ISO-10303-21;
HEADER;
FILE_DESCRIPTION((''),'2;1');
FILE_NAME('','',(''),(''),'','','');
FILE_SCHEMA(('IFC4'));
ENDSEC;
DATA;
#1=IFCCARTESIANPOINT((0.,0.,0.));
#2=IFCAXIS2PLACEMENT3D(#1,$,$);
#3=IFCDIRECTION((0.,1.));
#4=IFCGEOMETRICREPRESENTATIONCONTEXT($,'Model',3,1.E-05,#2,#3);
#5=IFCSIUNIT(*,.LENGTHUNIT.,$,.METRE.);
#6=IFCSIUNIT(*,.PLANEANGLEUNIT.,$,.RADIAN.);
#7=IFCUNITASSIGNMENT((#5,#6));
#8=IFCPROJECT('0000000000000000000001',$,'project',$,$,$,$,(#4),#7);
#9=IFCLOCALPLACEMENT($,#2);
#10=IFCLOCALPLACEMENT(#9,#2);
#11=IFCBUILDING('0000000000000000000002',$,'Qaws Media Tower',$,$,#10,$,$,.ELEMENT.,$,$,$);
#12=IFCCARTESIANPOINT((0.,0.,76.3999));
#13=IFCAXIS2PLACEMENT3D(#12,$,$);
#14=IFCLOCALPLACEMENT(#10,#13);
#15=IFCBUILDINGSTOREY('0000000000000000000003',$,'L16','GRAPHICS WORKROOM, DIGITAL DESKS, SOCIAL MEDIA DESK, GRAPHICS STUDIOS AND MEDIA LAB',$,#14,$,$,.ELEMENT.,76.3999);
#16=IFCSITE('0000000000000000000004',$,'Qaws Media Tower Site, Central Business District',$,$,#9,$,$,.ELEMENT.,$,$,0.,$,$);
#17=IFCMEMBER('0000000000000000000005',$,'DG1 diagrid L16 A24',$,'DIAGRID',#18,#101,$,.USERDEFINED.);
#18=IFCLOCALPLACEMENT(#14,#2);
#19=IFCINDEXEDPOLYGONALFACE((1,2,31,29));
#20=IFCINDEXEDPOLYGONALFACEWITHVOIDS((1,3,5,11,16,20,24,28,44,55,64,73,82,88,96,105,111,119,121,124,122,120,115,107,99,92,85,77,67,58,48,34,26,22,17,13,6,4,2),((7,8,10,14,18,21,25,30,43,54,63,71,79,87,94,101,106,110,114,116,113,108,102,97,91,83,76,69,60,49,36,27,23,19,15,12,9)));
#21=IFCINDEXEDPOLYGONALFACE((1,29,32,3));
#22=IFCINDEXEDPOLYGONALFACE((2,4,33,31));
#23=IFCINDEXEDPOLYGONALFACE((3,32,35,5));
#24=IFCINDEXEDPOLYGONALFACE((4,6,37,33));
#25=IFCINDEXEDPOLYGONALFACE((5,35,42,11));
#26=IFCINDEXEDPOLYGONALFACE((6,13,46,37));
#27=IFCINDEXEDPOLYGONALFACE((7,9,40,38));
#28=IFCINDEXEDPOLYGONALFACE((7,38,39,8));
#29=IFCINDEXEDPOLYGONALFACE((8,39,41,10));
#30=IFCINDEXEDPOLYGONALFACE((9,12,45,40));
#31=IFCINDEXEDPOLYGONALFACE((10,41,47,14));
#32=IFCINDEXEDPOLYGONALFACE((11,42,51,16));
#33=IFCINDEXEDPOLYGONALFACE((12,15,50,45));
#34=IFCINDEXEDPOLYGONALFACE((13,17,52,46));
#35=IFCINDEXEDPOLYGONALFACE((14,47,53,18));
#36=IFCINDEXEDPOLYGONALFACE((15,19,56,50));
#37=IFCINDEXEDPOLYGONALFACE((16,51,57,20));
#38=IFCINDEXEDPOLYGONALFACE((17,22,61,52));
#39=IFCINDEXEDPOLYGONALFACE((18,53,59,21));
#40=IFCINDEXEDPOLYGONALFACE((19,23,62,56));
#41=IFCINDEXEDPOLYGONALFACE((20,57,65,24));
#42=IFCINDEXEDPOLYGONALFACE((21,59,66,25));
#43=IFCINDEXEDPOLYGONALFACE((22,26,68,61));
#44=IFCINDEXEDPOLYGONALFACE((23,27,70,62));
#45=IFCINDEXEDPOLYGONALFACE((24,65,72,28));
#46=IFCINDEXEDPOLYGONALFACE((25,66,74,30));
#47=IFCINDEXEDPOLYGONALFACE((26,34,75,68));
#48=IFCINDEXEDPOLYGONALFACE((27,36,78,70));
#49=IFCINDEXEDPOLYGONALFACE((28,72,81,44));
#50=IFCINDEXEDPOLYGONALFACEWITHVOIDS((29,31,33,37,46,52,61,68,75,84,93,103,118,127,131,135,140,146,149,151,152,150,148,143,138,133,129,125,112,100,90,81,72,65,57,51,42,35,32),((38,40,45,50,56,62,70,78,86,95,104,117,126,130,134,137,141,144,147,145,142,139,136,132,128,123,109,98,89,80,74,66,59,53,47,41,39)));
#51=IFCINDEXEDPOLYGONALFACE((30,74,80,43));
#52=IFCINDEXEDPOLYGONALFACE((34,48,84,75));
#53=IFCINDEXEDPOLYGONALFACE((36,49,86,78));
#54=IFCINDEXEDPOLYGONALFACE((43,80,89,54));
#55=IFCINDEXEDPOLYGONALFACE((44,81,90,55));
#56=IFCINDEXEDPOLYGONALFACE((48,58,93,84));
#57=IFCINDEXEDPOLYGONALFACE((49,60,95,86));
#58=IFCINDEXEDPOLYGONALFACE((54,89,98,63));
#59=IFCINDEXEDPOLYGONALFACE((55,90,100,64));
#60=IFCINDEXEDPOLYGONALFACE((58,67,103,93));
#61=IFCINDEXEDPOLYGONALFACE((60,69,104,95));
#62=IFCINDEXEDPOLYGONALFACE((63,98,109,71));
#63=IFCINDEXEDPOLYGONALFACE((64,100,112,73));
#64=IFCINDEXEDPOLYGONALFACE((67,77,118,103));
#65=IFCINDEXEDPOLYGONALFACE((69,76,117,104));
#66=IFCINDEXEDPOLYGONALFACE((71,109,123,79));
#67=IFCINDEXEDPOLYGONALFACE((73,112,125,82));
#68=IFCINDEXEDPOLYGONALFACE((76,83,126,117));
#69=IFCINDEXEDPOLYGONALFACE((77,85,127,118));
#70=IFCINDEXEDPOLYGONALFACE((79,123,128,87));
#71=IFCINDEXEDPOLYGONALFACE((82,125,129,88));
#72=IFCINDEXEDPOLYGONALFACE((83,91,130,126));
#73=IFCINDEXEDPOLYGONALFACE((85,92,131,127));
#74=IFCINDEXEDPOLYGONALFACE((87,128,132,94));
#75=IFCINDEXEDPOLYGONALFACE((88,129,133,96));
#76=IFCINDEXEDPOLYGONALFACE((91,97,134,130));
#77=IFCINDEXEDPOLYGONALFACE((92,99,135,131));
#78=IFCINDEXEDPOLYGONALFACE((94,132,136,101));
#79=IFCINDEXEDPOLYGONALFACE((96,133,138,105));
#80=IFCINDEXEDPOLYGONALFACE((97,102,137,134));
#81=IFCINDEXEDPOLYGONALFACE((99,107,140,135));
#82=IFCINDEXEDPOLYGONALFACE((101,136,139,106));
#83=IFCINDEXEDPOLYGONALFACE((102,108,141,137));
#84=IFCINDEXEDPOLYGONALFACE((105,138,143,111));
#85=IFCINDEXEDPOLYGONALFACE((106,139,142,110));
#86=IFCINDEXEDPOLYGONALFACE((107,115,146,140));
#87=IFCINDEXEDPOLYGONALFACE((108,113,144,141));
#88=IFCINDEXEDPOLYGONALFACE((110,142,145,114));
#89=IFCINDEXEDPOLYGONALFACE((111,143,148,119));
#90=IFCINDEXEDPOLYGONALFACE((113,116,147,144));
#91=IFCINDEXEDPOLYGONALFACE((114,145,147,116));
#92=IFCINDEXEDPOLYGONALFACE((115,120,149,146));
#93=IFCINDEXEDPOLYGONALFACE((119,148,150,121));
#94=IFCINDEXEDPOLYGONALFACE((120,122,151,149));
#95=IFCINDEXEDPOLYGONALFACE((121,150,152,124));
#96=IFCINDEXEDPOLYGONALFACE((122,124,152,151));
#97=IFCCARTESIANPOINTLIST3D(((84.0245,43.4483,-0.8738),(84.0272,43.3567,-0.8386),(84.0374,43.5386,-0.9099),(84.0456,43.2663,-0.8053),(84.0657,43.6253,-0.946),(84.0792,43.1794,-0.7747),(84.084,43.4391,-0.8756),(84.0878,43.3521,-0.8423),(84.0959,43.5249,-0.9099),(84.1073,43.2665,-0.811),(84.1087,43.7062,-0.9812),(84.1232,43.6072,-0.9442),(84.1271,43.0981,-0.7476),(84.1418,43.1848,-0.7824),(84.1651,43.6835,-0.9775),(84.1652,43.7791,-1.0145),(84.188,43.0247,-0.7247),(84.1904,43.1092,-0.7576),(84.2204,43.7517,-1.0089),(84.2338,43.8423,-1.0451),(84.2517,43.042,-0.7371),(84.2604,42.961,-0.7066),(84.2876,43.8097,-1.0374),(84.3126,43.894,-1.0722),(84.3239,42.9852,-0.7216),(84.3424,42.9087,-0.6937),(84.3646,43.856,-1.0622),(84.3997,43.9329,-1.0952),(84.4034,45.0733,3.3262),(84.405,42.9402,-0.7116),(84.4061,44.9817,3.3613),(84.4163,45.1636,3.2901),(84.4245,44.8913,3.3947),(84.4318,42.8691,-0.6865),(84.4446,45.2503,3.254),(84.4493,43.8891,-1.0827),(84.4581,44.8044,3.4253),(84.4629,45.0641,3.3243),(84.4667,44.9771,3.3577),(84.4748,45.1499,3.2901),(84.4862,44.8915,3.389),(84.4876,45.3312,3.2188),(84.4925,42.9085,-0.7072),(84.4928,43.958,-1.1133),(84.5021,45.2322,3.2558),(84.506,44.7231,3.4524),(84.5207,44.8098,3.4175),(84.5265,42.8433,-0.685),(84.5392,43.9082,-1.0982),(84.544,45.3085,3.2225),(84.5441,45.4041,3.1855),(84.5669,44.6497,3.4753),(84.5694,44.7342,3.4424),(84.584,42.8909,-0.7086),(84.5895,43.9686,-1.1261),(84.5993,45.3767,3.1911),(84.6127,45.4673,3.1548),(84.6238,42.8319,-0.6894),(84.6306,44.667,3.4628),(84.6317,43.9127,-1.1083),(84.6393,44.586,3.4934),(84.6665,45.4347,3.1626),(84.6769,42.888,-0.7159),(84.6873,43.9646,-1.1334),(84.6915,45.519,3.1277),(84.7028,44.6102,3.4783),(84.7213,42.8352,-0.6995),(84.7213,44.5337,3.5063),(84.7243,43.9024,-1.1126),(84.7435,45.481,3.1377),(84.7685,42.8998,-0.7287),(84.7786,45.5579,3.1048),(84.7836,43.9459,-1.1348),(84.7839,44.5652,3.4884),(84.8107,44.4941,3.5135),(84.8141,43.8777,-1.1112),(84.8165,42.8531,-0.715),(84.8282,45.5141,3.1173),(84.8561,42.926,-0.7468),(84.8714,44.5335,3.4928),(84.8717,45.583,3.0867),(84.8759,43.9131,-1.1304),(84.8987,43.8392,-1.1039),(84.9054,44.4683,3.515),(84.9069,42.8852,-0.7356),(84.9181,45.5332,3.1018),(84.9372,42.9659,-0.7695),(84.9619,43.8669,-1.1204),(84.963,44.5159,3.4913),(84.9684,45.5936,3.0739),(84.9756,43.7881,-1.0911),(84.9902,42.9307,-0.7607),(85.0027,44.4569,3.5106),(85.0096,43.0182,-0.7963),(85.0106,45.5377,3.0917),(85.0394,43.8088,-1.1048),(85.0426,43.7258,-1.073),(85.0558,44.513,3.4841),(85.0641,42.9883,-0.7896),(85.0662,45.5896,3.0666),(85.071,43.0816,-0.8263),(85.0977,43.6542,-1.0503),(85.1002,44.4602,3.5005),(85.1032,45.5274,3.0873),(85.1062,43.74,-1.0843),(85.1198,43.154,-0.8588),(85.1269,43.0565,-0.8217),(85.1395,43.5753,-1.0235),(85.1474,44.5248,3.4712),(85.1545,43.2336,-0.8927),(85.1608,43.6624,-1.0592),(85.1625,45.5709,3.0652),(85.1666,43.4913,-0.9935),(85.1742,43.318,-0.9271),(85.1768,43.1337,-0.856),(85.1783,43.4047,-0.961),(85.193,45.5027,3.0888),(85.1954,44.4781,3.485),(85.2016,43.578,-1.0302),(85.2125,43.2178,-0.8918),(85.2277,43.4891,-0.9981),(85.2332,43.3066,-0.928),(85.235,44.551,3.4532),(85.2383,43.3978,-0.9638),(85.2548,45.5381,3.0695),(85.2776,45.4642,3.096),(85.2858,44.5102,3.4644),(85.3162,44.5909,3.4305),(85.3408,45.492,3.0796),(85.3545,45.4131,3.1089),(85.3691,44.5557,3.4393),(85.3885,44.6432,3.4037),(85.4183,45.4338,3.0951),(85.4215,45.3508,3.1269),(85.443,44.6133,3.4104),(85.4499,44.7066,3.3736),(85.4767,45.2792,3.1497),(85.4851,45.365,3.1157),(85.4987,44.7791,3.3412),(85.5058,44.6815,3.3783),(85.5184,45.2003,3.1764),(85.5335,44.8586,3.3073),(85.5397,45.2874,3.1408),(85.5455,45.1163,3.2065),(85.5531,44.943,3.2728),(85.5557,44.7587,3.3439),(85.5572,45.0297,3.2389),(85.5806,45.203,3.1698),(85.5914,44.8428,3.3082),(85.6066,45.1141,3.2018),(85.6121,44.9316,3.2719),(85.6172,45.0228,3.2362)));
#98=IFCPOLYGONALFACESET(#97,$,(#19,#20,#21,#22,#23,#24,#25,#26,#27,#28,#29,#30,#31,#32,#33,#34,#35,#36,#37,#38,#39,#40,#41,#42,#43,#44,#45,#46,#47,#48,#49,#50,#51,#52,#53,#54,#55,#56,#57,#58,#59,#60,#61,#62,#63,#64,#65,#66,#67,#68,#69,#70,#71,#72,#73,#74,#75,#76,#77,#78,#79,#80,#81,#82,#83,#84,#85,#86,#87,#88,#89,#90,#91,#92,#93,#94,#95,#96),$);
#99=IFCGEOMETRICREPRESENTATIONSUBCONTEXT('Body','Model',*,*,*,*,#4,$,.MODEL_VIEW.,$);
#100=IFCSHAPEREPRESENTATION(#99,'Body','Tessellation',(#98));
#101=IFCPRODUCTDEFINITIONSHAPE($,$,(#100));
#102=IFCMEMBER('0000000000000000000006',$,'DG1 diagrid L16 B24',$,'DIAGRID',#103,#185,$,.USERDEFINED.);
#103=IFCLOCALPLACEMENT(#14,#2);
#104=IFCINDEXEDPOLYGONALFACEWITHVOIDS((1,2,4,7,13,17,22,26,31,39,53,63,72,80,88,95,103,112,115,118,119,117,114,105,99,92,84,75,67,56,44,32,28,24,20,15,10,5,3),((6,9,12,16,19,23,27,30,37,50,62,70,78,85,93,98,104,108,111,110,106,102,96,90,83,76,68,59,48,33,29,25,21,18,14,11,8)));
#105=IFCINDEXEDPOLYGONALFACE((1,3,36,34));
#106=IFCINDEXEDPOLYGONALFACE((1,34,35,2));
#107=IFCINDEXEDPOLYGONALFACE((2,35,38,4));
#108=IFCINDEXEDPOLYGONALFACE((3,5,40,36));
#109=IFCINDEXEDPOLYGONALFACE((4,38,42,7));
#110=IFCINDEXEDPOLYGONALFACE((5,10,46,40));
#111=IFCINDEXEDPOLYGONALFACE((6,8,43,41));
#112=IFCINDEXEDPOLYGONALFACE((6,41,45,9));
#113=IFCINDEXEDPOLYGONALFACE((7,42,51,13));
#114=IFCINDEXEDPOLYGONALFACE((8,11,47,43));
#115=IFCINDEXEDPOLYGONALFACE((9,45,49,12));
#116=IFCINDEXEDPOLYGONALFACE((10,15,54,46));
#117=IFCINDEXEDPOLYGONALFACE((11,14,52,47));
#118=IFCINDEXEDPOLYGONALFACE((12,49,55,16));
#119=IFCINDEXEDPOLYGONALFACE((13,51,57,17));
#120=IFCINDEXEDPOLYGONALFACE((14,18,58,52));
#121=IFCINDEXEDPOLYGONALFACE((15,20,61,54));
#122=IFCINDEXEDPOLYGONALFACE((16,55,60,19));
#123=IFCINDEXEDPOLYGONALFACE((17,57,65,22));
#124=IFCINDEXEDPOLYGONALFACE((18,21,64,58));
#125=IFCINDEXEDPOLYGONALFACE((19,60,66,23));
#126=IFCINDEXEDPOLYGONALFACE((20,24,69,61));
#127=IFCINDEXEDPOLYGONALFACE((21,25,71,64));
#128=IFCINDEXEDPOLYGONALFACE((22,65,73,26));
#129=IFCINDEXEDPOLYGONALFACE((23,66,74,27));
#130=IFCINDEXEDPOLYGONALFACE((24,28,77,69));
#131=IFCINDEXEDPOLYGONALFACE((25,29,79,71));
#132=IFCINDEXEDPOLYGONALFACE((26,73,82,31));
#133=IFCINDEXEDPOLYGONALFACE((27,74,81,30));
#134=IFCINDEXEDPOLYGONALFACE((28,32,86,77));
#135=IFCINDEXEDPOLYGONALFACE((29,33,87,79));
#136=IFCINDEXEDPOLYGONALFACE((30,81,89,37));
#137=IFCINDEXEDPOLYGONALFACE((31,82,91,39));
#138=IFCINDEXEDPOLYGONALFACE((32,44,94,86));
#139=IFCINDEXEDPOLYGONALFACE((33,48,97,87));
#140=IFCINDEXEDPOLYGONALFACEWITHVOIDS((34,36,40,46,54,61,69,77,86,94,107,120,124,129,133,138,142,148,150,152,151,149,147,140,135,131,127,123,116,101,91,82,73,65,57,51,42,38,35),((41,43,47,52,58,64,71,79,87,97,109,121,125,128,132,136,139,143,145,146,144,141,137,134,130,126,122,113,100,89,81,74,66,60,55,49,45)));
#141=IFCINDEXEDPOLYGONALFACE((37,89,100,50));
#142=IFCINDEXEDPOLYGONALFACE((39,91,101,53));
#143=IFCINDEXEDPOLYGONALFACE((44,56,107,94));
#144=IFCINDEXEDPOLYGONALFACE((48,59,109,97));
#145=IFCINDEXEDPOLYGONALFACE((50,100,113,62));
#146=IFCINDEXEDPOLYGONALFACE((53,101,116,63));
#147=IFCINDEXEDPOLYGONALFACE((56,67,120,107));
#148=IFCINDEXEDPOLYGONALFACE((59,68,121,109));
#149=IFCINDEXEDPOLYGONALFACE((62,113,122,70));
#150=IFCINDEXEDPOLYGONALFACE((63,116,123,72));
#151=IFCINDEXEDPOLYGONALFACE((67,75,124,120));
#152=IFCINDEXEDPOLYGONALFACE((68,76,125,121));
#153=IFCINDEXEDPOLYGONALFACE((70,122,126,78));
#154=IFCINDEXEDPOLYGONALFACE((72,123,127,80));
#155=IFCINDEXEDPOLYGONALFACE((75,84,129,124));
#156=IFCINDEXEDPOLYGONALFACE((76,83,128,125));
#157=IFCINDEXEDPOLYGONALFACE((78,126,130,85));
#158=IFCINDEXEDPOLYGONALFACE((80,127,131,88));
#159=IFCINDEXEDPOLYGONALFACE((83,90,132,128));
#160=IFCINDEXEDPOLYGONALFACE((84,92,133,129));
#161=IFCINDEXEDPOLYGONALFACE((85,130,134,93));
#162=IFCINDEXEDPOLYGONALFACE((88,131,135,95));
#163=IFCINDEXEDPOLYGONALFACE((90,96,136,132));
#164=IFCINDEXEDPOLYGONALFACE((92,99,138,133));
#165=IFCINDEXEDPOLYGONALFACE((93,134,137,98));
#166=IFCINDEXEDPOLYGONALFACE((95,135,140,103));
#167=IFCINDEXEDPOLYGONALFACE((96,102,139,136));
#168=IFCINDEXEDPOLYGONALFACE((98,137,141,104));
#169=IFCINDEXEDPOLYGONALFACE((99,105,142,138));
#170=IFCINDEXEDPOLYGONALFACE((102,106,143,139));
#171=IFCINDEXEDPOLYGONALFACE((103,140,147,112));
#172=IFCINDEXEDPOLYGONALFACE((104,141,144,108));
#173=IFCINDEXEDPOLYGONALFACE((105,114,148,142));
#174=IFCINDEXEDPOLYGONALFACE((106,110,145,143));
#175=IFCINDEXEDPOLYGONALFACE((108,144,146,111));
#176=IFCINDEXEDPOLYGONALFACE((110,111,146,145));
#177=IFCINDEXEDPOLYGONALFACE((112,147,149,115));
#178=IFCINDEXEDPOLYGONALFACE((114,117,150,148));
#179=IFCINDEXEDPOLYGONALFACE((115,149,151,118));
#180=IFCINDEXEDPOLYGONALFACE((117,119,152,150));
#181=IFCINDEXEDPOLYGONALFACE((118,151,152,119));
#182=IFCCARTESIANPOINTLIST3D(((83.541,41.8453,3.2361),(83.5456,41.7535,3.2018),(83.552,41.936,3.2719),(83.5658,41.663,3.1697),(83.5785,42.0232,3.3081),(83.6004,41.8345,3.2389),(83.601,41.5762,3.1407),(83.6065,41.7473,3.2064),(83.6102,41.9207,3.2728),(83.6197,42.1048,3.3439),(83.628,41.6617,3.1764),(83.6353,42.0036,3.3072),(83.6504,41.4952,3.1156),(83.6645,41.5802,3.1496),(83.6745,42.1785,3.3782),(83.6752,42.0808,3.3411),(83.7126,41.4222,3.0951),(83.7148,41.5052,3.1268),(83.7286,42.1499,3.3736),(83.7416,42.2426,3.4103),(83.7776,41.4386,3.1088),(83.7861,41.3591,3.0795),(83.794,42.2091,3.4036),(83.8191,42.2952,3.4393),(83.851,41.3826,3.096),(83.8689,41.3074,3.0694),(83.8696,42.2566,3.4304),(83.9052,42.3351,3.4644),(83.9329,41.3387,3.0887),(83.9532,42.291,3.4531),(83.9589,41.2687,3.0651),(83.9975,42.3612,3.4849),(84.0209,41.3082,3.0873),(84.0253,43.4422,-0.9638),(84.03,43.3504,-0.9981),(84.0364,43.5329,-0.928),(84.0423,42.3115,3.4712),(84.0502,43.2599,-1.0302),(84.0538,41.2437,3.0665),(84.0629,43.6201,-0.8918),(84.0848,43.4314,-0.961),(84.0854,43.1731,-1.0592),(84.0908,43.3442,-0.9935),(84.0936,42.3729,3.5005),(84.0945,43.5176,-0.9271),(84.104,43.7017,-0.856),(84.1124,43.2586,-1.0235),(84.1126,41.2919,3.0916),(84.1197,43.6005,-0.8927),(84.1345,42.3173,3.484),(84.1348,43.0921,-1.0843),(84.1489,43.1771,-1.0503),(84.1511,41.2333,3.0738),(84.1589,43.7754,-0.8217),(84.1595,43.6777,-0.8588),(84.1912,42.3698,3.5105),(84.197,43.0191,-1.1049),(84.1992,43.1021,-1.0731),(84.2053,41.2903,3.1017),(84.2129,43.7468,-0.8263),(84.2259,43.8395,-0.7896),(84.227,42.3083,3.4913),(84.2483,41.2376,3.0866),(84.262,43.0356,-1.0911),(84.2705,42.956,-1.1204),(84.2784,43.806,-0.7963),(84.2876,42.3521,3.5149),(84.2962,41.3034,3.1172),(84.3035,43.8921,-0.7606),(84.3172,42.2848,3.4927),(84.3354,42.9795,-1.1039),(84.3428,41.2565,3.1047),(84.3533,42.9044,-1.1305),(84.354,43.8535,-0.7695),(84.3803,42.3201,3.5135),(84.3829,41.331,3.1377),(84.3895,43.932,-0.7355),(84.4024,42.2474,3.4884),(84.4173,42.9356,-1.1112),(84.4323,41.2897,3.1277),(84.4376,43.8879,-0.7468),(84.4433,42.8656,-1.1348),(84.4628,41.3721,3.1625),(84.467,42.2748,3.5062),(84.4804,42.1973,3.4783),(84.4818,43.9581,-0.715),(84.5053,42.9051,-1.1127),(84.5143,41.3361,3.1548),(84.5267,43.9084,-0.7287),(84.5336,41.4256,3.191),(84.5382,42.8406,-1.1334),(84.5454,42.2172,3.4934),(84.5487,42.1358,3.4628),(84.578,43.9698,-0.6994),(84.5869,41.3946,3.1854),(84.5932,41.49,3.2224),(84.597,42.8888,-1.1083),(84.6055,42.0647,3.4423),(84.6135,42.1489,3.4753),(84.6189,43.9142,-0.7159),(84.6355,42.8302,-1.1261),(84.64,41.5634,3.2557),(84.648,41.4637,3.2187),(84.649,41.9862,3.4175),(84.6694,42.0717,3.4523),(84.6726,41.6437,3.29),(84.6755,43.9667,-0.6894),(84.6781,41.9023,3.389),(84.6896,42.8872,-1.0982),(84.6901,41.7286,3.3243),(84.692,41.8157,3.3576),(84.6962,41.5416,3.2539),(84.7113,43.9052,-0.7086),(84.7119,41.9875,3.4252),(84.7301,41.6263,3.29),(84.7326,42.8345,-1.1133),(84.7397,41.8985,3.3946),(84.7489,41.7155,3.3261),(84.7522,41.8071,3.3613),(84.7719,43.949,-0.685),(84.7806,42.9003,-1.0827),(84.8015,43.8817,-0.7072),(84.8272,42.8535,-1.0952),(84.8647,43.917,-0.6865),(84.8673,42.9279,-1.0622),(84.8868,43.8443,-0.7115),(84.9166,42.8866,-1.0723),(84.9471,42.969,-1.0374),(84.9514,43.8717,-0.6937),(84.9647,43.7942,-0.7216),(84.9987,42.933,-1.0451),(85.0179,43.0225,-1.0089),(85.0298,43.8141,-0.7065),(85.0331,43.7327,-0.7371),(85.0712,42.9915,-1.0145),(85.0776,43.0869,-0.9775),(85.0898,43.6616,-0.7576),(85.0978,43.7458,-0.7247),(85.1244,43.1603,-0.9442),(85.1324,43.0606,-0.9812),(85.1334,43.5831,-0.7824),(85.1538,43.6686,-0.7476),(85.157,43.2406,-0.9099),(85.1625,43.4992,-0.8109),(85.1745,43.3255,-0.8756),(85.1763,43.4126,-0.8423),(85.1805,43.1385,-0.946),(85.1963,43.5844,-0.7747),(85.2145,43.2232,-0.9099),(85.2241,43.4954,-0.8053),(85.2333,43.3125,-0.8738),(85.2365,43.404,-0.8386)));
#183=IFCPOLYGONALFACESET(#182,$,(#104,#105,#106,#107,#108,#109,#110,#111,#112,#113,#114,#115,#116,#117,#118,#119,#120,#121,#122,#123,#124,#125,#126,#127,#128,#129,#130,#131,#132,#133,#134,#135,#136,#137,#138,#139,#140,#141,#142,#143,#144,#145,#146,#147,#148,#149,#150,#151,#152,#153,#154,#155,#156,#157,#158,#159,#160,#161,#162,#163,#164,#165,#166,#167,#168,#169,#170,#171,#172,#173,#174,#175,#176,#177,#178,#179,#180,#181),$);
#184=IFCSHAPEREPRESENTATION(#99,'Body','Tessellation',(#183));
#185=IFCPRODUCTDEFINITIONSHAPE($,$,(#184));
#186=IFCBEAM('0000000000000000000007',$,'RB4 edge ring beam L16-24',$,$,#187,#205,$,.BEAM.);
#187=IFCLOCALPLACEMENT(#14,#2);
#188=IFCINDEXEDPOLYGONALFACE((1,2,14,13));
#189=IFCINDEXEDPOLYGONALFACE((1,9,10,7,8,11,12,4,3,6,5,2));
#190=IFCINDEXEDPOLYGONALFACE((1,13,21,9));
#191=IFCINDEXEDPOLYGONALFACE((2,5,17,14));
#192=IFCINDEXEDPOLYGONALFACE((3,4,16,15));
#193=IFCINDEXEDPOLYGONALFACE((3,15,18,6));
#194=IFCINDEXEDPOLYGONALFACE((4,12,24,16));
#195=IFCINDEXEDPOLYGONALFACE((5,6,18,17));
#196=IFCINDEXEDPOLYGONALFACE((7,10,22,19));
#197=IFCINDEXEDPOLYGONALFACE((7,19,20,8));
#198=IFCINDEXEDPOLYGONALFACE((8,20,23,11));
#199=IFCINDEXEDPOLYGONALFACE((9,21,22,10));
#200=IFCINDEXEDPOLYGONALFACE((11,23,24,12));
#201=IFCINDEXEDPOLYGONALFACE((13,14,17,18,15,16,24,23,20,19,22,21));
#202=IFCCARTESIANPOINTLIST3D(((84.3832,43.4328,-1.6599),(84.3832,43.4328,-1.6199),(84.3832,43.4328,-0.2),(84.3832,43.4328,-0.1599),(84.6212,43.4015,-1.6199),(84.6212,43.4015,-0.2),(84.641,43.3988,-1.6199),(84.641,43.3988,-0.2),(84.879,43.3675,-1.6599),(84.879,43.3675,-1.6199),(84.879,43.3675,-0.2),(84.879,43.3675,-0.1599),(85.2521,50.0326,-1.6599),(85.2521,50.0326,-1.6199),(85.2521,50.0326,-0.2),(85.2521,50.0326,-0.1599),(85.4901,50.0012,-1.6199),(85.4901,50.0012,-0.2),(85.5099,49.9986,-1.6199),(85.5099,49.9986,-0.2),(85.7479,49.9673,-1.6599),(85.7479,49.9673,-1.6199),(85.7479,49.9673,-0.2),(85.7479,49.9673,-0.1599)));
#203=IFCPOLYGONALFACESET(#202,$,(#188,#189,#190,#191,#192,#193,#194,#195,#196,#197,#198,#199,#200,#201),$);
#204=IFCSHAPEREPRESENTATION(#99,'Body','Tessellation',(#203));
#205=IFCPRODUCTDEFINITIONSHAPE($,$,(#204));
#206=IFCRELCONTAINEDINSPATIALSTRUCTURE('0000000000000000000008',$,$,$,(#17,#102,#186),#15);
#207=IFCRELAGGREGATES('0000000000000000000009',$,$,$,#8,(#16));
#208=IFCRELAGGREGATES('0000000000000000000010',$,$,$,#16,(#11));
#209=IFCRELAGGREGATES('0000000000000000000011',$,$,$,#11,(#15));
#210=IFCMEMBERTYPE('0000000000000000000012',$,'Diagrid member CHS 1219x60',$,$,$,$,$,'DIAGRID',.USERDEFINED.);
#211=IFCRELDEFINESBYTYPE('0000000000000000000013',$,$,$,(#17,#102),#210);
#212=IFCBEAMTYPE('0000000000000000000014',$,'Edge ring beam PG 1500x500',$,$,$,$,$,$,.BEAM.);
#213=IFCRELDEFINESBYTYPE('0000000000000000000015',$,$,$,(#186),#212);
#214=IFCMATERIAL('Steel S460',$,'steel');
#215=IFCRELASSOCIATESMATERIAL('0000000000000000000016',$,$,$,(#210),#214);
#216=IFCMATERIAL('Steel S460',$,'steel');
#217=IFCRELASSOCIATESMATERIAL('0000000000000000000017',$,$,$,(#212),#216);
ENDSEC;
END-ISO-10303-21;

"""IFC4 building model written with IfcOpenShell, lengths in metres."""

from ifc_helpers import new_model, si_unit, direction, frame, origin, origin_2d, place, context, subcontext, project, spatial, hollow_circle, i_section, extrude, material, material_profile, profile_set, type_object, element, save


model = new_model("IFC4")

# Units and contexts
model_context = context("Model", 3, precision=1e-05, world=origin(), true_north=direction((0.0, 1.0)))
body_context = subcontext(model_context, "Body", "Model", "MODEL_VIEW")
ifc_project = project(units=[si_unit("LENGTHUNIT", "METRE"), si_unit("PLANEANGLEUNIT", "RADIAN")], contexts=[model_context])

# Site, building, storey
site_placement = place(None, origin())
site = spatial("IfcSite", under=ifc_project, at=site_placement, Name="Qaws Media Tower Site, Central Business District", CompositionType="ELEMENT", RefElevation=0.0)
building_placement = place(site_placement, origin())
building = spatial("IfcBuilding", under=site, at=building_placement, Name="Qaws Media Tower", CompositionType="ELEMENT")
storey_placement = place(building_placement, frame((0.0, 0.0, 76.3999)))
storey = spatial("IfcBuildingStorey", under=building, at=storey_placement, Name="L16", Description="GRAPHICS WORKROOM, DIGITAL DESKS, SOCIAL MEDIA DESK, GRAPHICS STUDIOS AND MEDIA LAB", CompositionType="ELEMENT", Elevation=76.3999)

# Members
ifc_material_1 = material(Name="Steel S460", Category="steel")
ifc_material_profile_1 = material_profile(ifc_material_1, hollow_circle(Radius=0.6096, WallThickness=0.0601, at=origin_2d()), Name="CHS 1219x60")
ifc_profile_set_1 = profile_set([ifc_material_profile_1], Name="Steel S460")
member_type_1 = type_object("IfcMemberType", Name="Diagrid member CHS 1219x60", ElementType="DIAGRID", PredefinedType="USERDEFINED", material=ifc_profile_set_1)
for number, where, z_axis, x_axis, name in (
    (1, (84.6311, 43.4001, -0.9099), (0.083842, 0.359571, 0.929343), (-0.973876, 0.227082, 0.0), "DG1 diagrid L16 A24"),
    (2, (84.6311, 43.4001, -0.9099), (-0.107178, -0.353354, 0.92933), (0.956948, -0.290259, 0.0), "DG1 diagrid L16 B24"),
):
    element("IfcMember", number, at=place(storey_placement, frame(where, z_axis=z_axis, x_axis=x_axis)), inside=storey, type_object=member_type_1, Name=name, ObjectType="DIAGRID", PredefinedType="USERDEFINED", context=body_context, shape_type="SweptSolid", body=[
        extrude(hollow_circle(Radius=0.6096, WallThickness=0.0601, at=origin_2d()), origin(), (0.0, 0.0, 1.0), 4.5193),
    ])

# Beam
ifc_material_2 = material(Name="Steel S460", Category="steel")
ifc_material_profile_2 = material_profile(ifc_material_2, i_section(OverallWidth=0.5, OverallDepth=1.5, WebThickness=0.02, FlangeThickness=0.04, at=origin_2d()), Name="PG 1500x500")
ifc_profile_set_2 = profile_set([ifc_material_profile_2], Name="Steel S460")
beam_type_1 = type_object("IfcBeamType", Name="Edge ring beam PG 1500x500", PredefinedType="BEAM", material=ifc_profile_set_2)
beam_1_placement = place(storey_placement, frame((84.6311, 43.4001, -0.9099), z_axis=(0.130528, 0.991445, 0.0), x_axis=(-0.991445, 0.130528, 0.0)))
element("IfcBeam", 3, at=beam_1_placement, inside=storey, type_object=beam_type_1, Name="RB4 edge ring beam L16-24", PredefinedType="BEAM", context=body_context, shape_type="SweptSolid", body=[
    extrude(i_section(OverallWidth=0.5, OverallDepth=1.5, WebThickness=0.02, FlangeThickness=0.04, at=origin_2d()), origin(), (0.0, 0.0, 1.0), 6.6567),
])

save(model, "model.ifc")
